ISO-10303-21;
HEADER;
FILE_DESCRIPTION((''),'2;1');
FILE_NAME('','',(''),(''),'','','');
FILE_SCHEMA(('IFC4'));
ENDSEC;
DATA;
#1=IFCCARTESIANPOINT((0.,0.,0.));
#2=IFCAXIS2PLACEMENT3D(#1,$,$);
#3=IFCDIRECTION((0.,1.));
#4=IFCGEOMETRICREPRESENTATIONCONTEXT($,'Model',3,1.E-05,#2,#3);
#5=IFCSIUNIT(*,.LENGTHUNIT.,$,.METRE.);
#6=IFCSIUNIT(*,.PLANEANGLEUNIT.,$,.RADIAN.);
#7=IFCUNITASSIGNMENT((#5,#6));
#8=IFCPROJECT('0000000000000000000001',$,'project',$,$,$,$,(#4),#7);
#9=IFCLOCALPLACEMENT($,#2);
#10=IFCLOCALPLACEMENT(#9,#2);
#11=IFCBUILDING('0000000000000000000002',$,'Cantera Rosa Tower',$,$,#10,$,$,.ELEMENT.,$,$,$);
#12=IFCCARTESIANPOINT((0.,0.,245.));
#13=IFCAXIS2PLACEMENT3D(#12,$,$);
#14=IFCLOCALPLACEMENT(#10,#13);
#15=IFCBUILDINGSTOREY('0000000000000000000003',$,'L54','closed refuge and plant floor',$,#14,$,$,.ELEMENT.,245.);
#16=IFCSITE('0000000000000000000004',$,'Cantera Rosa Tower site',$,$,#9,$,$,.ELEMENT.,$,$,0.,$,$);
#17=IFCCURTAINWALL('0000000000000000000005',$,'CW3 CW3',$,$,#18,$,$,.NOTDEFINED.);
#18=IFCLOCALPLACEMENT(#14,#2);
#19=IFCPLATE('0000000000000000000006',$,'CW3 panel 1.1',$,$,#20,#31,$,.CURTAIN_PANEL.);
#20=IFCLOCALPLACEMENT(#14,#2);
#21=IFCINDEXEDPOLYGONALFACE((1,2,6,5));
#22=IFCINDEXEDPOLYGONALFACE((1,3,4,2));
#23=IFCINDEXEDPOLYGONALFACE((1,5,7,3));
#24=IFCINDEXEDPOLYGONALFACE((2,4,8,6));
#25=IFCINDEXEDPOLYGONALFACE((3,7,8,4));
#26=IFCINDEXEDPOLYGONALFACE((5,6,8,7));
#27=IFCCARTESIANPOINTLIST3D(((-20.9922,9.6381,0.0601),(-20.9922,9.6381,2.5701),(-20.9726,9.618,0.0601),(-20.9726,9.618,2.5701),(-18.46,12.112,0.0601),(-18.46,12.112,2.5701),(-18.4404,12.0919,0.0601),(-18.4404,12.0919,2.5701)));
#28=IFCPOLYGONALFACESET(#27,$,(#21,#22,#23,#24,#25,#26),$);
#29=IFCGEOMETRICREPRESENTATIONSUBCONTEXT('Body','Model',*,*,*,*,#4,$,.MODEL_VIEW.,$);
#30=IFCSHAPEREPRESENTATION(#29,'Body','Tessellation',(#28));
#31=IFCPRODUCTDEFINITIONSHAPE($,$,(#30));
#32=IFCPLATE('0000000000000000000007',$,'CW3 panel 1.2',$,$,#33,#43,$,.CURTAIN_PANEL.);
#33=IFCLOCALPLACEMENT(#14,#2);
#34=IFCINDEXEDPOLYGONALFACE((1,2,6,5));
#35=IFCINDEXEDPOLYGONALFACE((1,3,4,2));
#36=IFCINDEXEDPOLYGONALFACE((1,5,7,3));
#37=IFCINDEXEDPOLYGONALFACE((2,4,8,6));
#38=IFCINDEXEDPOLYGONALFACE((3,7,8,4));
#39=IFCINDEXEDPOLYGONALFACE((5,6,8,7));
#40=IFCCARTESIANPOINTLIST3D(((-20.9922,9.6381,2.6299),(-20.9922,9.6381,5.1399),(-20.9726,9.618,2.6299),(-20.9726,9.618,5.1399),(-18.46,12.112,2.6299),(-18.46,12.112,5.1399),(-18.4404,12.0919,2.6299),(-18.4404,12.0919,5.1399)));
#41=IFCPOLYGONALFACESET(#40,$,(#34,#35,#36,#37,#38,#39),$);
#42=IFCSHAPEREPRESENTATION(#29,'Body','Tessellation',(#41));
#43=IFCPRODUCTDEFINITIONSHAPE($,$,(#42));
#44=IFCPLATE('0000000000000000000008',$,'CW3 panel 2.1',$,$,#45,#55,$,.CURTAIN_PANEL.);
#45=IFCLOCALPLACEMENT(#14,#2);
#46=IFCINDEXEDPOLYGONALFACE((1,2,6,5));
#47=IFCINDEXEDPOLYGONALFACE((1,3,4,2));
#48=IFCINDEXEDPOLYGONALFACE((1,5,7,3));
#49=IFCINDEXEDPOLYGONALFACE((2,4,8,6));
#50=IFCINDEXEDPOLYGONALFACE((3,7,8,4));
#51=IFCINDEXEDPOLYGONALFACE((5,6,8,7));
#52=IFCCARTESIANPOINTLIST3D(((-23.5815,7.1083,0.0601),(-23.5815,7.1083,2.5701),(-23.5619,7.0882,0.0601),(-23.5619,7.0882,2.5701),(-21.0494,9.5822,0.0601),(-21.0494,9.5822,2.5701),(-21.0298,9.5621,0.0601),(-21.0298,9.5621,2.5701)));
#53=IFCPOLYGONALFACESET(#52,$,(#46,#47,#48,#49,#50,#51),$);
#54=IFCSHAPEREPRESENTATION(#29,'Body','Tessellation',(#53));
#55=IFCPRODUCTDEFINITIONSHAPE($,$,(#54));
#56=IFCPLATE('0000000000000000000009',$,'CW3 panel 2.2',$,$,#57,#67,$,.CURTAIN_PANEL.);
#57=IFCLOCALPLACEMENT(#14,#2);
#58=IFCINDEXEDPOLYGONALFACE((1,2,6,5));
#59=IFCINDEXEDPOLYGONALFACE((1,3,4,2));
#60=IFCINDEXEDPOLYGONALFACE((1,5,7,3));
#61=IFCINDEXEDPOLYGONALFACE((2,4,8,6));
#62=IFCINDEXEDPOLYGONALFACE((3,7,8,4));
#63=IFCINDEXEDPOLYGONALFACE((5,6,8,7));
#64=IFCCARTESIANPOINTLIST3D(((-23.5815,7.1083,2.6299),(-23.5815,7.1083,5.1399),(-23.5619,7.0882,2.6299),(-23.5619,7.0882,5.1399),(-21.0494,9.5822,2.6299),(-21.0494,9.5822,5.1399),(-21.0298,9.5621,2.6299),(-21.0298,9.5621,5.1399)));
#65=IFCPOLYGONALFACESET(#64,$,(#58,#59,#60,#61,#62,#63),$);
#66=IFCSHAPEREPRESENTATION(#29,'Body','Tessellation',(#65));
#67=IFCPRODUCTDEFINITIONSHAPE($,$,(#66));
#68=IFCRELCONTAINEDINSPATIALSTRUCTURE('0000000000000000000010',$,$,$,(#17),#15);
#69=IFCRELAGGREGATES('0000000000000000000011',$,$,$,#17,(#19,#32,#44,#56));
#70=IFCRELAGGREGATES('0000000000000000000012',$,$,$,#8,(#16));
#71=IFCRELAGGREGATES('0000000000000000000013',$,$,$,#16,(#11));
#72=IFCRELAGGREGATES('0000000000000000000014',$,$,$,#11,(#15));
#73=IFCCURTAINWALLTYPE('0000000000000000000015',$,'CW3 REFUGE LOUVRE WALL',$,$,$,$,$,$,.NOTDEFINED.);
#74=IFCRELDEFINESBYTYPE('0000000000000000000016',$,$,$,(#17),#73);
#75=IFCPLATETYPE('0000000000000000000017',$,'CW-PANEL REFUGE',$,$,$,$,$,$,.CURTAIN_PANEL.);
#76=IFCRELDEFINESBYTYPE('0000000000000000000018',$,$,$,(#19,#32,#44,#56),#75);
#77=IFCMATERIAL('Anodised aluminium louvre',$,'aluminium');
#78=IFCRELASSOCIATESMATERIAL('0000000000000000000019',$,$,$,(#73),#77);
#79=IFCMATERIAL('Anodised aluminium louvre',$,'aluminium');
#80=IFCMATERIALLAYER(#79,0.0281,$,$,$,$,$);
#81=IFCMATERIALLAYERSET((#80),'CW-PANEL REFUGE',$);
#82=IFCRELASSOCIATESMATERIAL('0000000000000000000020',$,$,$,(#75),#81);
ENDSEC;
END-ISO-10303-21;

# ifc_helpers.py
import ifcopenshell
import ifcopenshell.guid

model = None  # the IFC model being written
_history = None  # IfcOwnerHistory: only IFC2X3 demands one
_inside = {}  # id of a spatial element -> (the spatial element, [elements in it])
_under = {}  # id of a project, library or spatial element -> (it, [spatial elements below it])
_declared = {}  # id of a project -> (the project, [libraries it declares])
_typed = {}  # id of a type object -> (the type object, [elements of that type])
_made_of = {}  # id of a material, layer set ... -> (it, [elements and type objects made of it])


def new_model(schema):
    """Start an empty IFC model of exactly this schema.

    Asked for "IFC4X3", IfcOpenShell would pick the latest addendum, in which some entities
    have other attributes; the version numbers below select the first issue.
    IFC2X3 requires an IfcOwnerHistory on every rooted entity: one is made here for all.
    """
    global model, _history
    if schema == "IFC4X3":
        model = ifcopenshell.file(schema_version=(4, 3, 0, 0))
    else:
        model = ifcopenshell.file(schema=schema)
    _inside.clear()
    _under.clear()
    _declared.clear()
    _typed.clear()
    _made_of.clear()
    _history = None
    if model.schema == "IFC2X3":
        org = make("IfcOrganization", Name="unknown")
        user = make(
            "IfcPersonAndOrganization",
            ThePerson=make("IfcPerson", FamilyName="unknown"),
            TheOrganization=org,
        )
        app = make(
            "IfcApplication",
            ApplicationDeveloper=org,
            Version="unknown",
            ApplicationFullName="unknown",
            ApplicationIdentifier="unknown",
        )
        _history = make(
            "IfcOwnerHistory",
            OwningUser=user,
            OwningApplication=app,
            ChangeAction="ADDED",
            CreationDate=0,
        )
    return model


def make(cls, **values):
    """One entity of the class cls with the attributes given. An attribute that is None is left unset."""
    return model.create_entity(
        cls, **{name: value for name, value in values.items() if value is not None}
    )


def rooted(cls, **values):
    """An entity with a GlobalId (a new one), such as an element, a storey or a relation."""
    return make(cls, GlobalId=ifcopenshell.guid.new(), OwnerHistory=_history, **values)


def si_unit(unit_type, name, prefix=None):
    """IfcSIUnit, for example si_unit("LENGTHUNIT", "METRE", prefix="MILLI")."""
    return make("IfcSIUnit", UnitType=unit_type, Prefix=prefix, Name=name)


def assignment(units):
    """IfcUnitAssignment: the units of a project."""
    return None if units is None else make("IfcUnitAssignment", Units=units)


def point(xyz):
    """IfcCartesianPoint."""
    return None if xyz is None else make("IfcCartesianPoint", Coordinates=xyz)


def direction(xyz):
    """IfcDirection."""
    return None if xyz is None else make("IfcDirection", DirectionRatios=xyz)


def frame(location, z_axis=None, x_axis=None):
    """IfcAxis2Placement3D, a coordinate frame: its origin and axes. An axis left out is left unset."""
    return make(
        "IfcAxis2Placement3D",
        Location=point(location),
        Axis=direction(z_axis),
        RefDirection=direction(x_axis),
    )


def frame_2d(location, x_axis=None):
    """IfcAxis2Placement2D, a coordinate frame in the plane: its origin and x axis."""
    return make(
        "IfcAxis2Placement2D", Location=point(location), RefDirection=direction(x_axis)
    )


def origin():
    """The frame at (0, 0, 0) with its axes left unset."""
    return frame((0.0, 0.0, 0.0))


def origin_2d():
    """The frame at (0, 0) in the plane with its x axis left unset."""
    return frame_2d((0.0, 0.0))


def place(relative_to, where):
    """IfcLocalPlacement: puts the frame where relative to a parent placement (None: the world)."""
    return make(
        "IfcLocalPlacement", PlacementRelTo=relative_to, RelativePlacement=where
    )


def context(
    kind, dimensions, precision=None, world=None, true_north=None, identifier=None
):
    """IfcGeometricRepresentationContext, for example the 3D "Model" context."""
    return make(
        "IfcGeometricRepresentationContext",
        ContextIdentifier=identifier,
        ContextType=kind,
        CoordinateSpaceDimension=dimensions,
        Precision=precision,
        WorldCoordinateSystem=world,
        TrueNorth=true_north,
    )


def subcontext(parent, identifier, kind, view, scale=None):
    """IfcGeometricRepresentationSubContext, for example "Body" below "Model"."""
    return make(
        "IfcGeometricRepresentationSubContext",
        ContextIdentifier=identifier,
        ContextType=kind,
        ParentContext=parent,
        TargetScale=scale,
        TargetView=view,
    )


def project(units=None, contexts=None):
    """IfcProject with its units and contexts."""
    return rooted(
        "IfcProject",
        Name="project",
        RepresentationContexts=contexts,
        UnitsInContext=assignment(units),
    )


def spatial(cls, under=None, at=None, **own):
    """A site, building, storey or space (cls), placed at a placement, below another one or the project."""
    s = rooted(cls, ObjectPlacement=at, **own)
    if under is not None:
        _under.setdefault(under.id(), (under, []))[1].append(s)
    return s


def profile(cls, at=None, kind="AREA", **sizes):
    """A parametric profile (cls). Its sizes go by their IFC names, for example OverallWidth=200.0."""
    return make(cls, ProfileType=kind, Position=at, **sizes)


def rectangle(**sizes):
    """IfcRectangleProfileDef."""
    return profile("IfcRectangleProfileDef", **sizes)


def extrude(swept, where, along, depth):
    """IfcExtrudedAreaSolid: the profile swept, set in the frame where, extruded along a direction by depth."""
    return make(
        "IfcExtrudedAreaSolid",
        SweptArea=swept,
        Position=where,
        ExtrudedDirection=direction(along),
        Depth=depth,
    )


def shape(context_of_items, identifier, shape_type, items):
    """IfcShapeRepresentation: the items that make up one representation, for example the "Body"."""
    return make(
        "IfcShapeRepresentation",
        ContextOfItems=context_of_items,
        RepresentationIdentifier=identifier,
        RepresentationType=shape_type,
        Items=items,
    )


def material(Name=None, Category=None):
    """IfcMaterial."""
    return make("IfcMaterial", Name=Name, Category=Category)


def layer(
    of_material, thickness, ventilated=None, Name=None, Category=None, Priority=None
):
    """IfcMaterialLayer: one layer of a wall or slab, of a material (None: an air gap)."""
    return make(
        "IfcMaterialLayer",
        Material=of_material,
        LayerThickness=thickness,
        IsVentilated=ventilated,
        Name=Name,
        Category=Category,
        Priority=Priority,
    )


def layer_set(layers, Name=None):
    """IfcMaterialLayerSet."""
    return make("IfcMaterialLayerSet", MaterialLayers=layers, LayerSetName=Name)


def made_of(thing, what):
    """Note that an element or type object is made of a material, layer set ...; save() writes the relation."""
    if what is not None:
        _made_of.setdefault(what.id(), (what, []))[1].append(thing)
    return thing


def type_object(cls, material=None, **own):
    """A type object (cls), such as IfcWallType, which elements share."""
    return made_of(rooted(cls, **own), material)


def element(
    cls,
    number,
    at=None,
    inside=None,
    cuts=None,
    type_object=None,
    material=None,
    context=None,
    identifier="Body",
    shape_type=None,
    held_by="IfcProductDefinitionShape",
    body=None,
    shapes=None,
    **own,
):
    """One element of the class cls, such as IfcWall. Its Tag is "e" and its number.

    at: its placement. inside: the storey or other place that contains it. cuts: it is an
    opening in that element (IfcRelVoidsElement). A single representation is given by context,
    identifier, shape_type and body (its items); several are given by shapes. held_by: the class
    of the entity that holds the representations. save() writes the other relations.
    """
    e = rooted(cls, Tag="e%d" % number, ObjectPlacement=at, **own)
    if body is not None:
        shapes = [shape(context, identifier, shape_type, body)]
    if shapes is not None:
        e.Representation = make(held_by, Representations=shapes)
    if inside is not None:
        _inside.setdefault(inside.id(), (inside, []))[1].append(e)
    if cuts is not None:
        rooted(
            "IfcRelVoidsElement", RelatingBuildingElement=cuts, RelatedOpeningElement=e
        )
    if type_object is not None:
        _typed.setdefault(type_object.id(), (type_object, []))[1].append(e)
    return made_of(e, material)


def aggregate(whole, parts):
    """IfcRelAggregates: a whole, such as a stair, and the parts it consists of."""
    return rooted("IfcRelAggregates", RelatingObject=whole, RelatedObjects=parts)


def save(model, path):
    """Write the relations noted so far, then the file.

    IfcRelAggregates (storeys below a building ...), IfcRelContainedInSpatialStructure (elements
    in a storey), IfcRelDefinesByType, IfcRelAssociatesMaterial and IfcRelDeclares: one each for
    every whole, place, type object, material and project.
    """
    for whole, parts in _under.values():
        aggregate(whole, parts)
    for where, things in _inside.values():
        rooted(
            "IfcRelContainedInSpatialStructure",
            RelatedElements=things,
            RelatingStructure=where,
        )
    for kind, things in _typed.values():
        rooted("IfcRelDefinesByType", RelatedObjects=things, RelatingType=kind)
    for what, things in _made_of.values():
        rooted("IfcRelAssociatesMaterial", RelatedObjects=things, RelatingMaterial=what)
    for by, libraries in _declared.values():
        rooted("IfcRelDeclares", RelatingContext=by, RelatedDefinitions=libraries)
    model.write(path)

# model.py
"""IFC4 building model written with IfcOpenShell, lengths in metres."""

from ifc_helpers import new_model, si_unit, direction, frame, origin, origin_2d, place, context, subcontext, project, spatial, rectangle, extrude, material, layer, layer_set, type_object, element, aggregate, save


model = new_model("IFC4")

# Units and contexts
model_context = context("Model", 3, precision=1e-05, world=origin(), true_north=direction((0.0, 1.0)))
body_context = subcontext(model_context, "Body", "Model", "MODEL_VIEW")
ifc_project = project(units=[si_unit("LENGTHUNIT", "METRE"), si_unit("PLANEANGLEUNIT", "RADIAN")], contexts=[model_context])

# Site, building, storey
site_placement = place(None, origin())
site = spatial("IfcSite", under=ifc_project, at=site_placement, Name="Cantera Rosa Tower site", CompositionType="ELEMENT", RefElevation=0.0)
building_placement = place(site_placement, origin())
building = spatial("IfcBuilding", under=site, at=building_placement, Name="Cantera Rosa Tower", CompositionType="ELEMENT")
storey_placement = place(building_placement, frame((0.0, 0.0, 245.0)))
storey = spatial("IfcBuildingStorey", under=building, at=storey_placement, Name="L54", Description="closed refuge and plant floor", CompositionType="ELEMENT", Elevation=245.0)

# Curtain wall
ifc_material_1 = material(Name="Anodised aluminium louvre", Category="aluminium")
curtain_wall_type = type_object("IfcCurtainWallType", Name="CW3 REFUGE LOUVRE WALL", PredefinedType="NOTDEFINED", material=ifc_material_1)
curtain_wall_placement = place(storey_placement, origin())
curtain_wall = element("IfcCurtainWall", 1, at=curtain_wall_placement, inside=storey, type_object=curtain_wall_type, Name="CW3 CW3", PredefinedType="NOTDEFINED")

# Plates
ifc_material_2 = material(Name="Anodised aluminium louvre", Category="aluminium")
ifc_layer = layer(ifc_material_2, 0.0281)
ifc_layer_set = layer_set([ifc_layer], Name="CW-PANEL REFUGE")
plate_type = type_object("IfcPlateType", Name="CW-PANEL REFUGE", PredefinedType="CURTAIN_PANEL", material=ifc_layer_set)
plate_1_placement = place(storey_placement, frame((-19.7163, 10.865, 0.0601), z_axis=(0.0, 0.0, 1.0), x_axis=(-0.715286, -0.698832, 0.0)))
plate_1 = element("IfcPlate", 2, at=plate_1_placement, type_object=plate_type, Name="CW3 panel 1.1", PredefinedType="CURTAIN_PANEL", context=body_context, shape_type="SweptSolid", body=[
    extrude(rectangle(XDim=3.54, YDim=0.0281, at=origin_2d()), origin(), (0.0, 0.0, 1.0), 2.51),
])
plate_2_placement = place(storey_placement, frame((-19.7163, 10.865, 2.6299), z_axis=(0.0, 0.0, 1.0), x_axis=(-0.715286, -0.698832, 0.0)))
plate_2 = element("IfcPlate", 3, at=plate_2_placement, type_object=plate_type, Name="CW3 panel 1.2", PredefinedType="CURTAIN_PANEL", context=body_context, shape_type="SweptSolid", body=[
    extrude(rectangle(XDim=3.54, YDim=0.0281, at=origin_2d()), origin(), (0.0, 0.0, 1.0), 2.51),
])
plate_3_placement = place(storey_placement, frame((-22.3057, 8.3352, 0.0601), z_axis=(0.0, 0.0, 1.0), x_axis=(-0.715286, -0.698832, 0.0)))
plate_3 = element("IfcPlate", 4, at=plate_3_placement, type_object=plate_type, Name="CW3 panel 2.1", PredefinedType="CURTAIN_PANEL", context=body_context, shape_type="SweptSolid", body=[
    extrude(rectangle(XDim=3.54, YDim=0.0281, at=origin_2d()), origin(), (0.0, 0.0, 1.0), 2.51),
])
plate_4_placement = place(storey_placement, frame((-22.3057, 8.3352, 2.6299), z_axis=(0.0, 0.0, 1.0), x_axis=(-0.715286, -0.698832, 0.0)))
plate_4 = element("IfcPlate", 5, at=plate_4_placement, type_object=plate_type, Name="CW3 panel 2.2", PredefinedType="CURTAIN_PANEL", context=body_context, shape_type="SweptSolid", body=[
    extrude(rectangle(XDim=3.54, YDim=0.0281, at=origin_2d()), origin(), (0.0, 0.0, 1.0), 2.51),
])
aggregate(curtain_wall, [plate_1, plate_2, plate_3, plate_4])

save(model, "model.ifc")
